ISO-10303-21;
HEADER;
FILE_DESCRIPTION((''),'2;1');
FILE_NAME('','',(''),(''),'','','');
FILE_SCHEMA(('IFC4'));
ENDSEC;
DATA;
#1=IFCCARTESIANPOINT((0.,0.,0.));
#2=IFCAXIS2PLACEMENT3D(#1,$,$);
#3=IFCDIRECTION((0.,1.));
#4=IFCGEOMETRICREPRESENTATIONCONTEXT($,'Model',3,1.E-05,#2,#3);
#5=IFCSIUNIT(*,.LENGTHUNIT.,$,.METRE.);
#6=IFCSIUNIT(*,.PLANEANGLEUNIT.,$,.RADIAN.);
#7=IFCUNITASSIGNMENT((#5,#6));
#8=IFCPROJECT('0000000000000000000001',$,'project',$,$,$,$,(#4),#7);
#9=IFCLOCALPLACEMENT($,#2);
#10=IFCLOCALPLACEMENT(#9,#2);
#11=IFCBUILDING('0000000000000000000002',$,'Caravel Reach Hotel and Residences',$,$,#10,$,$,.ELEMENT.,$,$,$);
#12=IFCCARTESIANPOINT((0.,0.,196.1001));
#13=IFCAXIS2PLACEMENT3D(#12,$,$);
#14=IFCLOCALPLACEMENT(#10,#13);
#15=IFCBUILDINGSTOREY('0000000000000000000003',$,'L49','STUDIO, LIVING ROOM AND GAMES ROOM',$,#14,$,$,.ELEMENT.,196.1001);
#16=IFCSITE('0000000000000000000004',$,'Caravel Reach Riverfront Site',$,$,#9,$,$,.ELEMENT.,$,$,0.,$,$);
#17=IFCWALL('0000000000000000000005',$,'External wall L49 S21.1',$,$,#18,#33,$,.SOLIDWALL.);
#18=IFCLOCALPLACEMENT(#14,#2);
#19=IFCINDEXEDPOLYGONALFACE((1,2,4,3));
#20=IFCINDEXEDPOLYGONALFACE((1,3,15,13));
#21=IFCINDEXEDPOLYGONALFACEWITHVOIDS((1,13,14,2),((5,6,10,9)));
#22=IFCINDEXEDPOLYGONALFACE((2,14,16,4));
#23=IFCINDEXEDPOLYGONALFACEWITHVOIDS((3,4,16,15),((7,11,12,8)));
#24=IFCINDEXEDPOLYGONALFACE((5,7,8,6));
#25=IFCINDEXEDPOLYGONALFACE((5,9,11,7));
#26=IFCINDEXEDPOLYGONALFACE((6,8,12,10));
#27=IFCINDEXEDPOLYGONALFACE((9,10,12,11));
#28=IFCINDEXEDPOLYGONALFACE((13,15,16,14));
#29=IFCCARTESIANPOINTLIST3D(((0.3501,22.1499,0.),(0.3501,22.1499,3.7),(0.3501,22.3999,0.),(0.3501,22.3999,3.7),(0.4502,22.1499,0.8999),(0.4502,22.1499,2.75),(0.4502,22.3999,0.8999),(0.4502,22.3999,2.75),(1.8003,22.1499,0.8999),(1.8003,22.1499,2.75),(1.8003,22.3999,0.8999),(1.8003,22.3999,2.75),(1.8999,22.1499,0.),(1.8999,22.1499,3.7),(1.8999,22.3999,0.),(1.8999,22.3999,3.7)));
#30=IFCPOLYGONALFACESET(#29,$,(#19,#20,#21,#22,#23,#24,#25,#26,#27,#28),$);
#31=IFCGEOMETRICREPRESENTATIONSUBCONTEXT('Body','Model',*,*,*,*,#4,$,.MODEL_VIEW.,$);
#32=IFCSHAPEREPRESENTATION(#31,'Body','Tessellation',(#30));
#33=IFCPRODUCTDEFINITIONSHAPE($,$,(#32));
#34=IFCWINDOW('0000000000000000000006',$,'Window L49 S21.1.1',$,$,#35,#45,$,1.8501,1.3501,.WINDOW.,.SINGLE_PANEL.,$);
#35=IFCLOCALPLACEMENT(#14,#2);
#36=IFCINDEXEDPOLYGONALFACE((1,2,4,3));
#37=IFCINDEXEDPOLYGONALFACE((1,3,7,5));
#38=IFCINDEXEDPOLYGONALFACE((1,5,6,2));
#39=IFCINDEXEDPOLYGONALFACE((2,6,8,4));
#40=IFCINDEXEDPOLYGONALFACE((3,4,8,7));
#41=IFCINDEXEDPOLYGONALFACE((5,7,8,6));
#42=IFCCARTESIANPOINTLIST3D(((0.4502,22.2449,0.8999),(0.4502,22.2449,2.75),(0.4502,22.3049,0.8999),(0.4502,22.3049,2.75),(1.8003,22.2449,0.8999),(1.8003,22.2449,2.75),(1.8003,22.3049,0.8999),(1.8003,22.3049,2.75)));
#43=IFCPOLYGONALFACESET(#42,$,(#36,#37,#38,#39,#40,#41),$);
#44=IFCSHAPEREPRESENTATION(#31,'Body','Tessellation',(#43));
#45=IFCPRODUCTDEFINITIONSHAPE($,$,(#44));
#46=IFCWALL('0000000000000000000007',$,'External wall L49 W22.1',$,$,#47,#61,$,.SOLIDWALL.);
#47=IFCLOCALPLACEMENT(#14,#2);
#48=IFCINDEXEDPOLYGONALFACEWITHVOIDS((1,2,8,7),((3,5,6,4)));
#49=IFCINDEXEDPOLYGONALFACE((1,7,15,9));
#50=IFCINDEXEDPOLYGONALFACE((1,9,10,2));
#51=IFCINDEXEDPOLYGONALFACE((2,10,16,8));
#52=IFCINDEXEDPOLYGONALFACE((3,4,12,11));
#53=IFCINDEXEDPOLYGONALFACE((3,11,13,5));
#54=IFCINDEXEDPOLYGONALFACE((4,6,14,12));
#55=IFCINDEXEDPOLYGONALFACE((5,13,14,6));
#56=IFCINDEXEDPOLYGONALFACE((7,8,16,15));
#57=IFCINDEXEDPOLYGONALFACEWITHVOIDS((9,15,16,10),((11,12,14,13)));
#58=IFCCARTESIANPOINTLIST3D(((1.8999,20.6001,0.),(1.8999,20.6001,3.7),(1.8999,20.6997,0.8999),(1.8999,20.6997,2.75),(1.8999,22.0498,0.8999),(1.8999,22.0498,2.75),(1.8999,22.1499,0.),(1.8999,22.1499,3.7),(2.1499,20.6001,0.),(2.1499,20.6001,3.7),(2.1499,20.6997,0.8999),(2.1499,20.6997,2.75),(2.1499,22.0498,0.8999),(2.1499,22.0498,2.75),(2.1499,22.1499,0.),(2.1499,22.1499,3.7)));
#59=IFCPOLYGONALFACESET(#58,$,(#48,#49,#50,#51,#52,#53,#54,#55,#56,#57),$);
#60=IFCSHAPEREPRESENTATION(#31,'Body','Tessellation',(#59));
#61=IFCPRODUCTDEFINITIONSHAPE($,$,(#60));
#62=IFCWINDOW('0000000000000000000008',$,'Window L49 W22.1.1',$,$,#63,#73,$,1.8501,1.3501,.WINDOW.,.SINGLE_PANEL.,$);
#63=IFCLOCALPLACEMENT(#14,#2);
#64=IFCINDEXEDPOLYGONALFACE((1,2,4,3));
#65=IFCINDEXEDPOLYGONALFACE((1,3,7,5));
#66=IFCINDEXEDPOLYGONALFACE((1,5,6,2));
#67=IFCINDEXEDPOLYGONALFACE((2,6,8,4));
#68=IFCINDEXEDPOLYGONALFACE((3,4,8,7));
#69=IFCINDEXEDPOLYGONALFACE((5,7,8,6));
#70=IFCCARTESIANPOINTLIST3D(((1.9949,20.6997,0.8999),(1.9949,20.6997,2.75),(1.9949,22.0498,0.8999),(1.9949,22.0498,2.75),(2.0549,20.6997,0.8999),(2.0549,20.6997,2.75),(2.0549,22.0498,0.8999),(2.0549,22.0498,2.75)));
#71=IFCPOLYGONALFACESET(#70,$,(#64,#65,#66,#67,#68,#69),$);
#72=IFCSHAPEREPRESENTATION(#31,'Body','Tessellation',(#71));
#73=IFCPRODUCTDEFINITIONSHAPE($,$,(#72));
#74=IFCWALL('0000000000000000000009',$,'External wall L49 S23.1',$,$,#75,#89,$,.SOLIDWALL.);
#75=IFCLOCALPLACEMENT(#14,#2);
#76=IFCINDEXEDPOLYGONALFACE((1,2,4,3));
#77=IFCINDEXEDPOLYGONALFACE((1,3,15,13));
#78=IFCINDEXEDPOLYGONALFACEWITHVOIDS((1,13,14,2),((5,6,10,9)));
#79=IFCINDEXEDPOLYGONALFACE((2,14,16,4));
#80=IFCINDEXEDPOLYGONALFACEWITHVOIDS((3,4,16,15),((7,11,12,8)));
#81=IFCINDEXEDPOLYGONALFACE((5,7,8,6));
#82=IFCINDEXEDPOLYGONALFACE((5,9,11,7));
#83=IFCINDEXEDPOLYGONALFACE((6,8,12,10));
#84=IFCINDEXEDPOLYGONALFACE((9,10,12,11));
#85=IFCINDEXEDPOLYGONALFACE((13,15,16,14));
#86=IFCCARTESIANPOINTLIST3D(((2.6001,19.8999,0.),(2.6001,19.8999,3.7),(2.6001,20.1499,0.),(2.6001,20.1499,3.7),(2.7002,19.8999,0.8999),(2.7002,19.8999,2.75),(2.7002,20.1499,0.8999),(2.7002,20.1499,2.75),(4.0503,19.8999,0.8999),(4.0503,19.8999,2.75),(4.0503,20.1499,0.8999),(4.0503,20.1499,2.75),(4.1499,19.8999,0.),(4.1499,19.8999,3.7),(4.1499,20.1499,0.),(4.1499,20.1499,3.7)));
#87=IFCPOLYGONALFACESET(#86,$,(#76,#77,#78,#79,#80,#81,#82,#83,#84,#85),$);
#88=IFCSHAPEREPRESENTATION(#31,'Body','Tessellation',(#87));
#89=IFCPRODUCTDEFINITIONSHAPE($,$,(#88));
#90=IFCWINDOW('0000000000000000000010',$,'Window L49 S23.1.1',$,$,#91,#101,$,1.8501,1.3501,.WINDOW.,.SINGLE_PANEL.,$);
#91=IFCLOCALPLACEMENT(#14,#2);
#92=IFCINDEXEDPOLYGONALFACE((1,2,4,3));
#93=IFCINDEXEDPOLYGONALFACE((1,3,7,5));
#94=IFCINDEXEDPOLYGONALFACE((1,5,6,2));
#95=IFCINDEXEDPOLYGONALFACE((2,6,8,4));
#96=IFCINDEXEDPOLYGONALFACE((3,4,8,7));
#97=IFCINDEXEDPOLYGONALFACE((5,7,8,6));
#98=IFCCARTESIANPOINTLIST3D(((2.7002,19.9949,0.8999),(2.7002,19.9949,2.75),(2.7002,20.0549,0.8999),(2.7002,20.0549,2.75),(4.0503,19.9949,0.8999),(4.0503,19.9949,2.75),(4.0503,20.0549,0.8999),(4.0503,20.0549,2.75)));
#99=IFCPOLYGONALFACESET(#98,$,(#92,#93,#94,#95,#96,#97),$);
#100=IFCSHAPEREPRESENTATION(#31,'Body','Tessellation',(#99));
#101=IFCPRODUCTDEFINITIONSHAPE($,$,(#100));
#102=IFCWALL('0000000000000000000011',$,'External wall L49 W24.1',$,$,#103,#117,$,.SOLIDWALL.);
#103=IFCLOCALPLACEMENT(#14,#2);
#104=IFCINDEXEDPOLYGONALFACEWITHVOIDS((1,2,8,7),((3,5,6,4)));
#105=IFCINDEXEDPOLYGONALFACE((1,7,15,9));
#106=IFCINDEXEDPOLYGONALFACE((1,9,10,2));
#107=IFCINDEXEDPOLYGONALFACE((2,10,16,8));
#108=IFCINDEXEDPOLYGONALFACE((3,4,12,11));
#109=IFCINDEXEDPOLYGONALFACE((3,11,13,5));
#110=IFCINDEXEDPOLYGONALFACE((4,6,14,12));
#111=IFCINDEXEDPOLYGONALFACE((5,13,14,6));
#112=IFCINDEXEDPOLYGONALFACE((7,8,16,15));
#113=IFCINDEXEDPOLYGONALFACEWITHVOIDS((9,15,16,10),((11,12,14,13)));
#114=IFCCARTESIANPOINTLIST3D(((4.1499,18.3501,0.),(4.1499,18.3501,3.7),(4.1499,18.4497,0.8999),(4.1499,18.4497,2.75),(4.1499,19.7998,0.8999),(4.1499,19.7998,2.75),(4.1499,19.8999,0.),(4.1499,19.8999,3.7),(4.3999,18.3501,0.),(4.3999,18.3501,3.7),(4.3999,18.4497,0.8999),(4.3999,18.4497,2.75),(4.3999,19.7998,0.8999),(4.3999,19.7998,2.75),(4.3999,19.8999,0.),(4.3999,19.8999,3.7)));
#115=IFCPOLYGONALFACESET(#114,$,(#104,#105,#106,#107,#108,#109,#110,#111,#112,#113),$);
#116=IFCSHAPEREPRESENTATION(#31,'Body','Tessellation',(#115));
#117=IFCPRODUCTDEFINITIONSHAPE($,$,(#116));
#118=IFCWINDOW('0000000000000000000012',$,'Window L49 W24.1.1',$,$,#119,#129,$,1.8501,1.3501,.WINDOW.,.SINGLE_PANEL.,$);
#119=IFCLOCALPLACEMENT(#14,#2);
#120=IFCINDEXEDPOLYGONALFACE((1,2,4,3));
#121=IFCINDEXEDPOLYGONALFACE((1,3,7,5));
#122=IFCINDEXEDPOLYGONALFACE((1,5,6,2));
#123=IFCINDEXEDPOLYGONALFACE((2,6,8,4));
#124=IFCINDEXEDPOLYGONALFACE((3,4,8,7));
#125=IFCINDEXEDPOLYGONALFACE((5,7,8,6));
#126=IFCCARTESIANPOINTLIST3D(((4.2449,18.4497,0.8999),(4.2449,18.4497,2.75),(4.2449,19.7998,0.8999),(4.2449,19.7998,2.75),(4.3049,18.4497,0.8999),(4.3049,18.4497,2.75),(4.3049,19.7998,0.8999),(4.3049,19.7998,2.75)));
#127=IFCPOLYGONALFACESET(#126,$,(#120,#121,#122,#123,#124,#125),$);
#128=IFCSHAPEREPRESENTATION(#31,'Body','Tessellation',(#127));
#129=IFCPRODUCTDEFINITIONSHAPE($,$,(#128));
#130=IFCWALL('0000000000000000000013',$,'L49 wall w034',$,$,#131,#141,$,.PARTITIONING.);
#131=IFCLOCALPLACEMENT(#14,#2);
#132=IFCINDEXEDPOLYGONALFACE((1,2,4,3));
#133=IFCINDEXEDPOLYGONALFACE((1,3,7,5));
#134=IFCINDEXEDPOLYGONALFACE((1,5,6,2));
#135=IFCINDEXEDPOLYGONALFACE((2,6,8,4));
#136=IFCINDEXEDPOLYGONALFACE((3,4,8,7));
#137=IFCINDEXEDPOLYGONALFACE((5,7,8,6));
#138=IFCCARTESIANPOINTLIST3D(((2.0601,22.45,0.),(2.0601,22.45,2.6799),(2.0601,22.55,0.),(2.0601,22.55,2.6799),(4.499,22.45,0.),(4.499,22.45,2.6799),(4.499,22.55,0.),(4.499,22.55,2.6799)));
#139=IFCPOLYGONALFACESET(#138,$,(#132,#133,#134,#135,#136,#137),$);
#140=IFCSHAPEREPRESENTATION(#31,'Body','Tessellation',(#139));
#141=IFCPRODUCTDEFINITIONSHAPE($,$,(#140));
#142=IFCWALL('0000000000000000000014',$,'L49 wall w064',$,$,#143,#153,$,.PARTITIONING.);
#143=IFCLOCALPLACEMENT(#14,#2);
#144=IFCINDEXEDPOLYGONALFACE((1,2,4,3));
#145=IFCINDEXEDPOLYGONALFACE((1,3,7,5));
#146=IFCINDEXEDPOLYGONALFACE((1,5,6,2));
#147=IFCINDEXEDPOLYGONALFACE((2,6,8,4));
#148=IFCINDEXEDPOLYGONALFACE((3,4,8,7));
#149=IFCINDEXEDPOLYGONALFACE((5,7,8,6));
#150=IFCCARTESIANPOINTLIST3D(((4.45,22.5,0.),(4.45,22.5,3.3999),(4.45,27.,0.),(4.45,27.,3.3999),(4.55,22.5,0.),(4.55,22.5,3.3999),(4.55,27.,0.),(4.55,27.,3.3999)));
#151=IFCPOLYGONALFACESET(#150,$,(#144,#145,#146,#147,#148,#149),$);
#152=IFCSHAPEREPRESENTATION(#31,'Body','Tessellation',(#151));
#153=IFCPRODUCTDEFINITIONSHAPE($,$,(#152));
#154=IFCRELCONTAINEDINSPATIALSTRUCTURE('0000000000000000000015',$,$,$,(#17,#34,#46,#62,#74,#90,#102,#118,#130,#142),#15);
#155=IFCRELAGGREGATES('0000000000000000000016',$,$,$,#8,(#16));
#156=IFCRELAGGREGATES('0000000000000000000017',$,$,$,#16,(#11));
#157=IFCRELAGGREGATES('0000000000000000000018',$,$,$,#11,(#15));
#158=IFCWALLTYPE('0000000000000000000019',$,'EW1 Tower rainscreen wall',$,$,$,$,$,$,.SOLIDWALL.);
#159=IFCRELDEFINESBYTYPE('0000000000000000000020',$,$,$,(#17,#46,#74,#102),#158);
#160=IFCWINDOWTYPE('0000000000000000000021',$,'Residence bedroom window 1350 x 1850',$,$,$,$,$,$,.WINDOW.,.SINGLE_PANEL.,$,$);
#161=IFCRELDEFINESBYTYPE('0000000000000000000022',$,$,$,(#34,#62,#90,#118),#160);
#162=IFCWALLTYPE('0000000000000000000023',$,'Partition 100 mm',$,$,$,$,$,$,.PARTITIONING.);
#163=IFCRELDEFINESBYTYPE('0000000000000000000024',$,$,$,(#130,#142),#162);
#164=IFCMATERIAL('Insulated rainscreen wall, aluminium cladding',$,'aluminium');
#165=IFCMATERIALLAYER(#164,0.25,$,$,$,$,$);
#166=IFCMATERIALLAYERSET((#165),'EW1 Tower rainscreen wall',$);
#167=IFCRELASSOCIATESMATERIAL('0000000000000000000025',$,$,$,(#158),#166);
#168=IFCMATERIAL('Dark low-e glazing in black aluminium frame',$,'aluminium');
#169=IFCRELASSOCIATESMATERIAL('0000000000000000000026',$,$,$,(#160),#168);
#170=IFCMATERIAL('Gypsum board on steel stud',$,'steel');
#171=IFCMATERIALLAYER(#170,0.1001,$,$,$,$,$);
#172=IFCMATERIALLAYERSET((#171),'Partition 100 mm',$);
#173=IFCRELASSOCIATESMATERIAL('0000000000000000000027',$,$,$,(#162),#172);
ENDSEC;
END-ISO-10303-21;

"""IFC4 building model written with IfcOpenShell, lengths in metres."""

from ifc_helpers import new_model, si_unit, direction, frame, frame_2d, origin, place, context, subcontext, project, spatial, rectangle, extrude, material, layer, layer_set, type_object, element, fill, save


model = new_model("IFC4")

# Units and contexts
model_context = context("Model", 3, precision=1e-05, world=origin(), true_north=direction((0.0, 1.0)))
body_context = subcontext(model_context, "Body", "Model", "MODEL_VIEW")
ifc_project = project(units=[si_unit("LENGTHUNIT", "METRE"), si_unit("PLANEANGLEUNIT", "RADIAN")], contexts=[model_context])

# Site, building, storey
site_placement = place(None, origin())
site = spatial("IfcSite", under=ifc_project, at=site_placement, Name="Caravel Reach Riverfront Site", CompositionType="ELEMENT", RefElevation=0.0)
building_placement = place(site_placement, origin())
building = spatial("IfcBuilding", under=site, at=building_placement, Name="Caravel Reach Hotel and Residences", CompositionType="ELEMENT")
storey_placement = place(building_placement, frame((0.0, 0.0, 196.1001)))
storey = spatial("IfcBuildingStorey", under=building, at=storey_placement, Name="L49", Description="STUDIO, LIVING ROOM AND GAMES ROOM", CompositionType="ELEMENT", Elevation=196.1001)

# Walls, openings, windows
ifc_material_1 = material(Name="Insulated rainscreen wall, aluminium cladding", Category="aluminium")
ifc_layer_1 = layer(ifc_material_1, 0.25)
ifc_layer_set_1 = layer_set([ifc_layer_1], Name="EW1 Tower rainscreen wall")
wall_type_1 = type_object("IfcWallType", Name="EW1 Tower rainscreen wall", PredefinedType="SOLIDWALL", material=ifc_layer_set_1)
wall_1_placement = place(storey_placement, frame((0.3501, 22.2749, 0.0), z_axis=(0.0, 0.0, 1.0), x_axis=(1.0, 0.0, 0.0)))
wall_1 = element("IfcWall", 1, at=wall_1_placement, inside=storey, type_object=wall_type_1, Name="External wall L49 S21.1", PredefinedType="SOLIDWALL", context=body_context, shape_type="SweptSolid", body=[
    extrude(rectangle(XDim=1.5498, YDim=0.25, at=frame_2d((0.7749, 0.0))), origin(), (0.0, 0.0, 1.0), 3.7),
])
opening_1_placement = place(wall_1_placement, frame((0.1001, 0.0, 0.8999)))
opening_1 = element("IfcOpeningElement", 2, at=opening_1_placement, cuts=wall_1, PredefinedType="OPENING", context=body_context, shape_type="SweptSolid", body=[
    extrude(rectangle(XDim=1.3501, YDim=1.8501, at=frame_2d((0.675, 0.925))), frame((0.0, 0.135, 0.0), z_axis=(0.0, -1.0, 0.0), x_axis=(1.0, 0.0, 0.0)), (0.0, 0.0, 1.0), 0.27),
])
ifc_material_2 = material(Name="Dark low-e glazing in black aluminium frame", Category="aluminium")
window_type = type_object("IfcWindowType", Name="Residence bedroom window 1350 x 1850", PartitioningType="SINGLE_PANEL", PredefinedType="WINDOW", material=ifc_material_2)
window_1_placement = place(opening_1_placement, origin())
window_1 = element("IfcWindow", 3, at=window_1_placement, inside=storey, type_object=window_type, Name="Window L49 S21.1.1", OverallHeight=1.8501, OverallWidth=1.3501, PartitioningType="SINGLE_PANEL", PredefinedType="WINDOW", context=body_context, shape_type="SweptSolid", body=[
    extrude(rectangle(XDim=1.3501, YDim=1.8501, at=frame_2d((0.675, 0.925))), frame((0.0, 0.03, 0.0), z_axis=(0.0, -1.0, 0.0), x_axis=(1.0, 0.0, 0.0)), (0.0, 0.0, 1.0), 0.0601),
])
fill(opening_1, window_1)
wall_2_placement = place(storey_placement, frame((2.0249, 22.1499, 0.0), z_axis=(0.0, 0.0, 1.0), x_axis=(0.0, -1.0, 0.0)))
wall_2 = element("IfcWall", 4, at=wall_2_placement, inside=storey, type_object=wall_type_1, Name="External wall L49 W22.1", PredefinedType="SOLIDWALL", context=body_context, shape_type="SweptSolid", body=[
    extrude(rectangle(XDim=1.5498, YDim=0.25, at=frame_2d((0.7749, 0.0))), origin(), (0.0, 0.0, 1.0), 3.7),
])
opening_2_placement = place(wall_2_placement, frame((0.1001, 0.0, 0.8999)))
opening_2 = element("IfcOpeningElement", 5, at=opening_2_placement, cuts=wall_2, PredefinedType="OPENING", context=body_context, shape_type="SweptSolid", body=[
    extrude(rectangle(XDim=1.3501, YDim=1.8501, at=frame_2d((0.675, 0.925))), frame((0.0, 0.135, 0.0), z_axis=(0.0, -1.0, 0.0), x_axis=(1.0, 0.0, 0.0)), (0.0, 0.0, 1.0), 0.27),
])
window_2_placement = place(opening_2_placement, origin())
window_2 = element("IfcWindow", 6, at=window_2_placement, inside=storey, type_object=window_type, Name="Window L49 W22.1.1", OverallHeight=1.8501, OverallWidth=1.3501, PartitioningType="SINGLE_PANEL", PredefinedType="WINDOW", context=body_context, shape_type="SweptSolid", body=[
    extrude(rectangle(XDim=1.3501, YDim=1.8501, at=frame_2d((0.675, 0.925))), frame((0.0, 0.03, 0.0), z_axis=(0.0, -1.0, 0.0), x_axis=(1.0, 0.0, 0.0)), (0.0, 0.0, 1.0), 0.0601),
])
fill(opening_2, window_2)
wall_3_placement = place(storey_placement, frame((2.6001, 20.0249, 0.0), z_axis=(0.0, 0.0, 1.0), x_axis=(1.0, 0.0, 0.0)))
wall_3 = element("IfcWall", 7, at=wall_3_placement, inside=storey, type_object=wall_type_1, Name="External wall L49 S23.1", PredefinedType="SOLIDWALL", context=body_context, shape_type="SweptSolid", body=[
    extrude(rectangle(XDim=1.5498, YDim=0.25, at=frame_2d((0.7749, 0.0))), origin(), (0.0, 0.0, 1.0), 3.7),
])
opening_3_placement = place(wall_3_placement, frame((0.1001, 0.0, 0.8999)))
opening_3 = element("IfcOpeningElement", 8, at=opening_3_placement, cuts=wall_3, PredefinedType="OPENING", context=body_context, shape_type="SweptSolid", body=[
    extrude(rectangle(XDim=1.3501, YDim=1.8501, at=frame_2d((0.675, 0.925))), frame((0.0, 0.135, 0.0), z_axis=(0.0, -1.0, 0.0), x_axis=(1.0, 0.0, 0.0)), (0.0, 0.0, 1.0), 0.27),
])
window_3_placement = place(opening_3_placement, origin())
window_3 = element("IfcWindow", 9, at=window_3_placement, inside=storey, type_object=window_type, Name="Window L49 S23.1.1", OverallHeight=1.8501, OverallWidth=1.3501, PartitioningType="SINGLE_PANEL", PredefinedType="WINDOW", context=body_context, shape_type="SweptSolid", body=[
    extrude(rectangle(XDim=1.3501, YDim=1.8501, at=frame_2d((0.675, 0.925))), frame((0.0, 0.03, 0.0), z_axis=(0.0, -1.0, 0.0), x_axis=(1.0, 0.0, 0.0)), (0.0, 0.0, 1.0), 0.0601),
])
fill(opening_3, window_3)
wall_4_placement = place(storey_placement, frame((4.2749, 19.8999, 0.0), z_axis=(0.0, 0.0, 1.0), x_axis=(0.0, -1.0, 0.0)))
wall_4 = element("IfcWall", 10, at=wall_4_placement, inside=storey, type_object=wall_type_1, Name="External wall L49 W24.1", PredefinedType="SOLIDWALL", context=body_context, shape_type="SweptSolid", body=[
    extrude(rectangle(XDim=1.5498, YDim=0.25, at=frame_2d((0.7749, 0.0))), origin(), (0.0, 0.0, 1.0), 3.7),
])
opening_4_placement = place(wall_4_placement, frame((0.1001, 0.0, 0.8999)))
opening_4 = element("IfcOpeningElement", 11, at=opening_4_placement, cuts=wall_4, PredefinedType="OPENING", context=body_context, shape_type="SweptSolid", body=[
    extrude(rectangle(XDim=1.3501, YDim=1.8501, at=frame_2d((0.675, 0.925))), frame((0.0, 0.135, 0.0), z_axis=(0.0, -1.0, 0.0), x_axis=(1.0, 0.0, 0.0)), (0.0, 0.0, 1.0), 0.27),
])
window_4_placement = place(opening_4_placement, origin())
window_4 = element("IfcWindow", 12, at=window_4_placement, inside=storey, type_object=window_type, Name="Window L49 W24.1.1", OverallHeight=1.8501, OverallWidth=1.3501, PartitioningType="SINGLE_PANEL", PredefinedType="WINDOW", context=body_context, shape_type="SweptSolid", body=[
    extrude(rectangle(XDim=1.3501, YDim=1.8501, at=frame_2d((0.675, 0.925))), frame((0.0, 0.03, 0.0), z_axis=(0.0, -1.0, 0.0), x_axis=(1.0, 0.0, 0.0)), (0.0, 0.0, 1.0), 0.0601),
])
fill(opening_4, window_4)

# Walls
ifc_material_3 = material(Name="Gypsum board on steel stud", Category="steel")
ifc_layer_2 = layer(ifc_material_3, 0.1001)
ifc_layer_set_2 = layer_set([ifc_layer_2], Name="Partition 100 mm")
wall_type_2 = type_object("IfcWallType", Name="Partition 100 mm", PredefinedType="PARTITIONING", material=ifc_layer_set_2)
wall_5_placement = place(storey_placement, frame((2.0601, 22.5, 0.0), z_axis=(0.0, 0.0, 1.0), x_axis=(1.0, 0.0, 0.0)))
element("IfcWall", 13, at=wall_5_placement, inside=storey, type_object=wall_type_2, Name="L49 wall w034", PredefinedType="PARTITIONING", context=body_context, shape_type="SweptSolid", body=[
    extrude(rectangle(XDim=2.439, YDim=0.1001, at=frame_2d((1.2195, 0.0))), origin(), (0.0, 0.0, 1.0), 2.6799),
])
wall_6_placement = place(storey_placement, frame((4.5, 22.5, 0.0), z_axis=(0.0, 0.0, 1.0), x_axis=(0.0, 1.0, 0.0)))
element("IfcWall", 14, at=wall_6_placement, inside=storey, type_object=wall_type_2, Name="L49 wall w064", PredefinedType="PARTITIONING", context=body_context, shape_type="SweptSolid", body=[
    extrude(rectangle(XDim=4.5, YDim=0.1001, at=frame_2d((2.25, 0.0))), origin(), (0.0, 0.0, 1.0), 3.3999),
])

save(model, "model.ifc")
